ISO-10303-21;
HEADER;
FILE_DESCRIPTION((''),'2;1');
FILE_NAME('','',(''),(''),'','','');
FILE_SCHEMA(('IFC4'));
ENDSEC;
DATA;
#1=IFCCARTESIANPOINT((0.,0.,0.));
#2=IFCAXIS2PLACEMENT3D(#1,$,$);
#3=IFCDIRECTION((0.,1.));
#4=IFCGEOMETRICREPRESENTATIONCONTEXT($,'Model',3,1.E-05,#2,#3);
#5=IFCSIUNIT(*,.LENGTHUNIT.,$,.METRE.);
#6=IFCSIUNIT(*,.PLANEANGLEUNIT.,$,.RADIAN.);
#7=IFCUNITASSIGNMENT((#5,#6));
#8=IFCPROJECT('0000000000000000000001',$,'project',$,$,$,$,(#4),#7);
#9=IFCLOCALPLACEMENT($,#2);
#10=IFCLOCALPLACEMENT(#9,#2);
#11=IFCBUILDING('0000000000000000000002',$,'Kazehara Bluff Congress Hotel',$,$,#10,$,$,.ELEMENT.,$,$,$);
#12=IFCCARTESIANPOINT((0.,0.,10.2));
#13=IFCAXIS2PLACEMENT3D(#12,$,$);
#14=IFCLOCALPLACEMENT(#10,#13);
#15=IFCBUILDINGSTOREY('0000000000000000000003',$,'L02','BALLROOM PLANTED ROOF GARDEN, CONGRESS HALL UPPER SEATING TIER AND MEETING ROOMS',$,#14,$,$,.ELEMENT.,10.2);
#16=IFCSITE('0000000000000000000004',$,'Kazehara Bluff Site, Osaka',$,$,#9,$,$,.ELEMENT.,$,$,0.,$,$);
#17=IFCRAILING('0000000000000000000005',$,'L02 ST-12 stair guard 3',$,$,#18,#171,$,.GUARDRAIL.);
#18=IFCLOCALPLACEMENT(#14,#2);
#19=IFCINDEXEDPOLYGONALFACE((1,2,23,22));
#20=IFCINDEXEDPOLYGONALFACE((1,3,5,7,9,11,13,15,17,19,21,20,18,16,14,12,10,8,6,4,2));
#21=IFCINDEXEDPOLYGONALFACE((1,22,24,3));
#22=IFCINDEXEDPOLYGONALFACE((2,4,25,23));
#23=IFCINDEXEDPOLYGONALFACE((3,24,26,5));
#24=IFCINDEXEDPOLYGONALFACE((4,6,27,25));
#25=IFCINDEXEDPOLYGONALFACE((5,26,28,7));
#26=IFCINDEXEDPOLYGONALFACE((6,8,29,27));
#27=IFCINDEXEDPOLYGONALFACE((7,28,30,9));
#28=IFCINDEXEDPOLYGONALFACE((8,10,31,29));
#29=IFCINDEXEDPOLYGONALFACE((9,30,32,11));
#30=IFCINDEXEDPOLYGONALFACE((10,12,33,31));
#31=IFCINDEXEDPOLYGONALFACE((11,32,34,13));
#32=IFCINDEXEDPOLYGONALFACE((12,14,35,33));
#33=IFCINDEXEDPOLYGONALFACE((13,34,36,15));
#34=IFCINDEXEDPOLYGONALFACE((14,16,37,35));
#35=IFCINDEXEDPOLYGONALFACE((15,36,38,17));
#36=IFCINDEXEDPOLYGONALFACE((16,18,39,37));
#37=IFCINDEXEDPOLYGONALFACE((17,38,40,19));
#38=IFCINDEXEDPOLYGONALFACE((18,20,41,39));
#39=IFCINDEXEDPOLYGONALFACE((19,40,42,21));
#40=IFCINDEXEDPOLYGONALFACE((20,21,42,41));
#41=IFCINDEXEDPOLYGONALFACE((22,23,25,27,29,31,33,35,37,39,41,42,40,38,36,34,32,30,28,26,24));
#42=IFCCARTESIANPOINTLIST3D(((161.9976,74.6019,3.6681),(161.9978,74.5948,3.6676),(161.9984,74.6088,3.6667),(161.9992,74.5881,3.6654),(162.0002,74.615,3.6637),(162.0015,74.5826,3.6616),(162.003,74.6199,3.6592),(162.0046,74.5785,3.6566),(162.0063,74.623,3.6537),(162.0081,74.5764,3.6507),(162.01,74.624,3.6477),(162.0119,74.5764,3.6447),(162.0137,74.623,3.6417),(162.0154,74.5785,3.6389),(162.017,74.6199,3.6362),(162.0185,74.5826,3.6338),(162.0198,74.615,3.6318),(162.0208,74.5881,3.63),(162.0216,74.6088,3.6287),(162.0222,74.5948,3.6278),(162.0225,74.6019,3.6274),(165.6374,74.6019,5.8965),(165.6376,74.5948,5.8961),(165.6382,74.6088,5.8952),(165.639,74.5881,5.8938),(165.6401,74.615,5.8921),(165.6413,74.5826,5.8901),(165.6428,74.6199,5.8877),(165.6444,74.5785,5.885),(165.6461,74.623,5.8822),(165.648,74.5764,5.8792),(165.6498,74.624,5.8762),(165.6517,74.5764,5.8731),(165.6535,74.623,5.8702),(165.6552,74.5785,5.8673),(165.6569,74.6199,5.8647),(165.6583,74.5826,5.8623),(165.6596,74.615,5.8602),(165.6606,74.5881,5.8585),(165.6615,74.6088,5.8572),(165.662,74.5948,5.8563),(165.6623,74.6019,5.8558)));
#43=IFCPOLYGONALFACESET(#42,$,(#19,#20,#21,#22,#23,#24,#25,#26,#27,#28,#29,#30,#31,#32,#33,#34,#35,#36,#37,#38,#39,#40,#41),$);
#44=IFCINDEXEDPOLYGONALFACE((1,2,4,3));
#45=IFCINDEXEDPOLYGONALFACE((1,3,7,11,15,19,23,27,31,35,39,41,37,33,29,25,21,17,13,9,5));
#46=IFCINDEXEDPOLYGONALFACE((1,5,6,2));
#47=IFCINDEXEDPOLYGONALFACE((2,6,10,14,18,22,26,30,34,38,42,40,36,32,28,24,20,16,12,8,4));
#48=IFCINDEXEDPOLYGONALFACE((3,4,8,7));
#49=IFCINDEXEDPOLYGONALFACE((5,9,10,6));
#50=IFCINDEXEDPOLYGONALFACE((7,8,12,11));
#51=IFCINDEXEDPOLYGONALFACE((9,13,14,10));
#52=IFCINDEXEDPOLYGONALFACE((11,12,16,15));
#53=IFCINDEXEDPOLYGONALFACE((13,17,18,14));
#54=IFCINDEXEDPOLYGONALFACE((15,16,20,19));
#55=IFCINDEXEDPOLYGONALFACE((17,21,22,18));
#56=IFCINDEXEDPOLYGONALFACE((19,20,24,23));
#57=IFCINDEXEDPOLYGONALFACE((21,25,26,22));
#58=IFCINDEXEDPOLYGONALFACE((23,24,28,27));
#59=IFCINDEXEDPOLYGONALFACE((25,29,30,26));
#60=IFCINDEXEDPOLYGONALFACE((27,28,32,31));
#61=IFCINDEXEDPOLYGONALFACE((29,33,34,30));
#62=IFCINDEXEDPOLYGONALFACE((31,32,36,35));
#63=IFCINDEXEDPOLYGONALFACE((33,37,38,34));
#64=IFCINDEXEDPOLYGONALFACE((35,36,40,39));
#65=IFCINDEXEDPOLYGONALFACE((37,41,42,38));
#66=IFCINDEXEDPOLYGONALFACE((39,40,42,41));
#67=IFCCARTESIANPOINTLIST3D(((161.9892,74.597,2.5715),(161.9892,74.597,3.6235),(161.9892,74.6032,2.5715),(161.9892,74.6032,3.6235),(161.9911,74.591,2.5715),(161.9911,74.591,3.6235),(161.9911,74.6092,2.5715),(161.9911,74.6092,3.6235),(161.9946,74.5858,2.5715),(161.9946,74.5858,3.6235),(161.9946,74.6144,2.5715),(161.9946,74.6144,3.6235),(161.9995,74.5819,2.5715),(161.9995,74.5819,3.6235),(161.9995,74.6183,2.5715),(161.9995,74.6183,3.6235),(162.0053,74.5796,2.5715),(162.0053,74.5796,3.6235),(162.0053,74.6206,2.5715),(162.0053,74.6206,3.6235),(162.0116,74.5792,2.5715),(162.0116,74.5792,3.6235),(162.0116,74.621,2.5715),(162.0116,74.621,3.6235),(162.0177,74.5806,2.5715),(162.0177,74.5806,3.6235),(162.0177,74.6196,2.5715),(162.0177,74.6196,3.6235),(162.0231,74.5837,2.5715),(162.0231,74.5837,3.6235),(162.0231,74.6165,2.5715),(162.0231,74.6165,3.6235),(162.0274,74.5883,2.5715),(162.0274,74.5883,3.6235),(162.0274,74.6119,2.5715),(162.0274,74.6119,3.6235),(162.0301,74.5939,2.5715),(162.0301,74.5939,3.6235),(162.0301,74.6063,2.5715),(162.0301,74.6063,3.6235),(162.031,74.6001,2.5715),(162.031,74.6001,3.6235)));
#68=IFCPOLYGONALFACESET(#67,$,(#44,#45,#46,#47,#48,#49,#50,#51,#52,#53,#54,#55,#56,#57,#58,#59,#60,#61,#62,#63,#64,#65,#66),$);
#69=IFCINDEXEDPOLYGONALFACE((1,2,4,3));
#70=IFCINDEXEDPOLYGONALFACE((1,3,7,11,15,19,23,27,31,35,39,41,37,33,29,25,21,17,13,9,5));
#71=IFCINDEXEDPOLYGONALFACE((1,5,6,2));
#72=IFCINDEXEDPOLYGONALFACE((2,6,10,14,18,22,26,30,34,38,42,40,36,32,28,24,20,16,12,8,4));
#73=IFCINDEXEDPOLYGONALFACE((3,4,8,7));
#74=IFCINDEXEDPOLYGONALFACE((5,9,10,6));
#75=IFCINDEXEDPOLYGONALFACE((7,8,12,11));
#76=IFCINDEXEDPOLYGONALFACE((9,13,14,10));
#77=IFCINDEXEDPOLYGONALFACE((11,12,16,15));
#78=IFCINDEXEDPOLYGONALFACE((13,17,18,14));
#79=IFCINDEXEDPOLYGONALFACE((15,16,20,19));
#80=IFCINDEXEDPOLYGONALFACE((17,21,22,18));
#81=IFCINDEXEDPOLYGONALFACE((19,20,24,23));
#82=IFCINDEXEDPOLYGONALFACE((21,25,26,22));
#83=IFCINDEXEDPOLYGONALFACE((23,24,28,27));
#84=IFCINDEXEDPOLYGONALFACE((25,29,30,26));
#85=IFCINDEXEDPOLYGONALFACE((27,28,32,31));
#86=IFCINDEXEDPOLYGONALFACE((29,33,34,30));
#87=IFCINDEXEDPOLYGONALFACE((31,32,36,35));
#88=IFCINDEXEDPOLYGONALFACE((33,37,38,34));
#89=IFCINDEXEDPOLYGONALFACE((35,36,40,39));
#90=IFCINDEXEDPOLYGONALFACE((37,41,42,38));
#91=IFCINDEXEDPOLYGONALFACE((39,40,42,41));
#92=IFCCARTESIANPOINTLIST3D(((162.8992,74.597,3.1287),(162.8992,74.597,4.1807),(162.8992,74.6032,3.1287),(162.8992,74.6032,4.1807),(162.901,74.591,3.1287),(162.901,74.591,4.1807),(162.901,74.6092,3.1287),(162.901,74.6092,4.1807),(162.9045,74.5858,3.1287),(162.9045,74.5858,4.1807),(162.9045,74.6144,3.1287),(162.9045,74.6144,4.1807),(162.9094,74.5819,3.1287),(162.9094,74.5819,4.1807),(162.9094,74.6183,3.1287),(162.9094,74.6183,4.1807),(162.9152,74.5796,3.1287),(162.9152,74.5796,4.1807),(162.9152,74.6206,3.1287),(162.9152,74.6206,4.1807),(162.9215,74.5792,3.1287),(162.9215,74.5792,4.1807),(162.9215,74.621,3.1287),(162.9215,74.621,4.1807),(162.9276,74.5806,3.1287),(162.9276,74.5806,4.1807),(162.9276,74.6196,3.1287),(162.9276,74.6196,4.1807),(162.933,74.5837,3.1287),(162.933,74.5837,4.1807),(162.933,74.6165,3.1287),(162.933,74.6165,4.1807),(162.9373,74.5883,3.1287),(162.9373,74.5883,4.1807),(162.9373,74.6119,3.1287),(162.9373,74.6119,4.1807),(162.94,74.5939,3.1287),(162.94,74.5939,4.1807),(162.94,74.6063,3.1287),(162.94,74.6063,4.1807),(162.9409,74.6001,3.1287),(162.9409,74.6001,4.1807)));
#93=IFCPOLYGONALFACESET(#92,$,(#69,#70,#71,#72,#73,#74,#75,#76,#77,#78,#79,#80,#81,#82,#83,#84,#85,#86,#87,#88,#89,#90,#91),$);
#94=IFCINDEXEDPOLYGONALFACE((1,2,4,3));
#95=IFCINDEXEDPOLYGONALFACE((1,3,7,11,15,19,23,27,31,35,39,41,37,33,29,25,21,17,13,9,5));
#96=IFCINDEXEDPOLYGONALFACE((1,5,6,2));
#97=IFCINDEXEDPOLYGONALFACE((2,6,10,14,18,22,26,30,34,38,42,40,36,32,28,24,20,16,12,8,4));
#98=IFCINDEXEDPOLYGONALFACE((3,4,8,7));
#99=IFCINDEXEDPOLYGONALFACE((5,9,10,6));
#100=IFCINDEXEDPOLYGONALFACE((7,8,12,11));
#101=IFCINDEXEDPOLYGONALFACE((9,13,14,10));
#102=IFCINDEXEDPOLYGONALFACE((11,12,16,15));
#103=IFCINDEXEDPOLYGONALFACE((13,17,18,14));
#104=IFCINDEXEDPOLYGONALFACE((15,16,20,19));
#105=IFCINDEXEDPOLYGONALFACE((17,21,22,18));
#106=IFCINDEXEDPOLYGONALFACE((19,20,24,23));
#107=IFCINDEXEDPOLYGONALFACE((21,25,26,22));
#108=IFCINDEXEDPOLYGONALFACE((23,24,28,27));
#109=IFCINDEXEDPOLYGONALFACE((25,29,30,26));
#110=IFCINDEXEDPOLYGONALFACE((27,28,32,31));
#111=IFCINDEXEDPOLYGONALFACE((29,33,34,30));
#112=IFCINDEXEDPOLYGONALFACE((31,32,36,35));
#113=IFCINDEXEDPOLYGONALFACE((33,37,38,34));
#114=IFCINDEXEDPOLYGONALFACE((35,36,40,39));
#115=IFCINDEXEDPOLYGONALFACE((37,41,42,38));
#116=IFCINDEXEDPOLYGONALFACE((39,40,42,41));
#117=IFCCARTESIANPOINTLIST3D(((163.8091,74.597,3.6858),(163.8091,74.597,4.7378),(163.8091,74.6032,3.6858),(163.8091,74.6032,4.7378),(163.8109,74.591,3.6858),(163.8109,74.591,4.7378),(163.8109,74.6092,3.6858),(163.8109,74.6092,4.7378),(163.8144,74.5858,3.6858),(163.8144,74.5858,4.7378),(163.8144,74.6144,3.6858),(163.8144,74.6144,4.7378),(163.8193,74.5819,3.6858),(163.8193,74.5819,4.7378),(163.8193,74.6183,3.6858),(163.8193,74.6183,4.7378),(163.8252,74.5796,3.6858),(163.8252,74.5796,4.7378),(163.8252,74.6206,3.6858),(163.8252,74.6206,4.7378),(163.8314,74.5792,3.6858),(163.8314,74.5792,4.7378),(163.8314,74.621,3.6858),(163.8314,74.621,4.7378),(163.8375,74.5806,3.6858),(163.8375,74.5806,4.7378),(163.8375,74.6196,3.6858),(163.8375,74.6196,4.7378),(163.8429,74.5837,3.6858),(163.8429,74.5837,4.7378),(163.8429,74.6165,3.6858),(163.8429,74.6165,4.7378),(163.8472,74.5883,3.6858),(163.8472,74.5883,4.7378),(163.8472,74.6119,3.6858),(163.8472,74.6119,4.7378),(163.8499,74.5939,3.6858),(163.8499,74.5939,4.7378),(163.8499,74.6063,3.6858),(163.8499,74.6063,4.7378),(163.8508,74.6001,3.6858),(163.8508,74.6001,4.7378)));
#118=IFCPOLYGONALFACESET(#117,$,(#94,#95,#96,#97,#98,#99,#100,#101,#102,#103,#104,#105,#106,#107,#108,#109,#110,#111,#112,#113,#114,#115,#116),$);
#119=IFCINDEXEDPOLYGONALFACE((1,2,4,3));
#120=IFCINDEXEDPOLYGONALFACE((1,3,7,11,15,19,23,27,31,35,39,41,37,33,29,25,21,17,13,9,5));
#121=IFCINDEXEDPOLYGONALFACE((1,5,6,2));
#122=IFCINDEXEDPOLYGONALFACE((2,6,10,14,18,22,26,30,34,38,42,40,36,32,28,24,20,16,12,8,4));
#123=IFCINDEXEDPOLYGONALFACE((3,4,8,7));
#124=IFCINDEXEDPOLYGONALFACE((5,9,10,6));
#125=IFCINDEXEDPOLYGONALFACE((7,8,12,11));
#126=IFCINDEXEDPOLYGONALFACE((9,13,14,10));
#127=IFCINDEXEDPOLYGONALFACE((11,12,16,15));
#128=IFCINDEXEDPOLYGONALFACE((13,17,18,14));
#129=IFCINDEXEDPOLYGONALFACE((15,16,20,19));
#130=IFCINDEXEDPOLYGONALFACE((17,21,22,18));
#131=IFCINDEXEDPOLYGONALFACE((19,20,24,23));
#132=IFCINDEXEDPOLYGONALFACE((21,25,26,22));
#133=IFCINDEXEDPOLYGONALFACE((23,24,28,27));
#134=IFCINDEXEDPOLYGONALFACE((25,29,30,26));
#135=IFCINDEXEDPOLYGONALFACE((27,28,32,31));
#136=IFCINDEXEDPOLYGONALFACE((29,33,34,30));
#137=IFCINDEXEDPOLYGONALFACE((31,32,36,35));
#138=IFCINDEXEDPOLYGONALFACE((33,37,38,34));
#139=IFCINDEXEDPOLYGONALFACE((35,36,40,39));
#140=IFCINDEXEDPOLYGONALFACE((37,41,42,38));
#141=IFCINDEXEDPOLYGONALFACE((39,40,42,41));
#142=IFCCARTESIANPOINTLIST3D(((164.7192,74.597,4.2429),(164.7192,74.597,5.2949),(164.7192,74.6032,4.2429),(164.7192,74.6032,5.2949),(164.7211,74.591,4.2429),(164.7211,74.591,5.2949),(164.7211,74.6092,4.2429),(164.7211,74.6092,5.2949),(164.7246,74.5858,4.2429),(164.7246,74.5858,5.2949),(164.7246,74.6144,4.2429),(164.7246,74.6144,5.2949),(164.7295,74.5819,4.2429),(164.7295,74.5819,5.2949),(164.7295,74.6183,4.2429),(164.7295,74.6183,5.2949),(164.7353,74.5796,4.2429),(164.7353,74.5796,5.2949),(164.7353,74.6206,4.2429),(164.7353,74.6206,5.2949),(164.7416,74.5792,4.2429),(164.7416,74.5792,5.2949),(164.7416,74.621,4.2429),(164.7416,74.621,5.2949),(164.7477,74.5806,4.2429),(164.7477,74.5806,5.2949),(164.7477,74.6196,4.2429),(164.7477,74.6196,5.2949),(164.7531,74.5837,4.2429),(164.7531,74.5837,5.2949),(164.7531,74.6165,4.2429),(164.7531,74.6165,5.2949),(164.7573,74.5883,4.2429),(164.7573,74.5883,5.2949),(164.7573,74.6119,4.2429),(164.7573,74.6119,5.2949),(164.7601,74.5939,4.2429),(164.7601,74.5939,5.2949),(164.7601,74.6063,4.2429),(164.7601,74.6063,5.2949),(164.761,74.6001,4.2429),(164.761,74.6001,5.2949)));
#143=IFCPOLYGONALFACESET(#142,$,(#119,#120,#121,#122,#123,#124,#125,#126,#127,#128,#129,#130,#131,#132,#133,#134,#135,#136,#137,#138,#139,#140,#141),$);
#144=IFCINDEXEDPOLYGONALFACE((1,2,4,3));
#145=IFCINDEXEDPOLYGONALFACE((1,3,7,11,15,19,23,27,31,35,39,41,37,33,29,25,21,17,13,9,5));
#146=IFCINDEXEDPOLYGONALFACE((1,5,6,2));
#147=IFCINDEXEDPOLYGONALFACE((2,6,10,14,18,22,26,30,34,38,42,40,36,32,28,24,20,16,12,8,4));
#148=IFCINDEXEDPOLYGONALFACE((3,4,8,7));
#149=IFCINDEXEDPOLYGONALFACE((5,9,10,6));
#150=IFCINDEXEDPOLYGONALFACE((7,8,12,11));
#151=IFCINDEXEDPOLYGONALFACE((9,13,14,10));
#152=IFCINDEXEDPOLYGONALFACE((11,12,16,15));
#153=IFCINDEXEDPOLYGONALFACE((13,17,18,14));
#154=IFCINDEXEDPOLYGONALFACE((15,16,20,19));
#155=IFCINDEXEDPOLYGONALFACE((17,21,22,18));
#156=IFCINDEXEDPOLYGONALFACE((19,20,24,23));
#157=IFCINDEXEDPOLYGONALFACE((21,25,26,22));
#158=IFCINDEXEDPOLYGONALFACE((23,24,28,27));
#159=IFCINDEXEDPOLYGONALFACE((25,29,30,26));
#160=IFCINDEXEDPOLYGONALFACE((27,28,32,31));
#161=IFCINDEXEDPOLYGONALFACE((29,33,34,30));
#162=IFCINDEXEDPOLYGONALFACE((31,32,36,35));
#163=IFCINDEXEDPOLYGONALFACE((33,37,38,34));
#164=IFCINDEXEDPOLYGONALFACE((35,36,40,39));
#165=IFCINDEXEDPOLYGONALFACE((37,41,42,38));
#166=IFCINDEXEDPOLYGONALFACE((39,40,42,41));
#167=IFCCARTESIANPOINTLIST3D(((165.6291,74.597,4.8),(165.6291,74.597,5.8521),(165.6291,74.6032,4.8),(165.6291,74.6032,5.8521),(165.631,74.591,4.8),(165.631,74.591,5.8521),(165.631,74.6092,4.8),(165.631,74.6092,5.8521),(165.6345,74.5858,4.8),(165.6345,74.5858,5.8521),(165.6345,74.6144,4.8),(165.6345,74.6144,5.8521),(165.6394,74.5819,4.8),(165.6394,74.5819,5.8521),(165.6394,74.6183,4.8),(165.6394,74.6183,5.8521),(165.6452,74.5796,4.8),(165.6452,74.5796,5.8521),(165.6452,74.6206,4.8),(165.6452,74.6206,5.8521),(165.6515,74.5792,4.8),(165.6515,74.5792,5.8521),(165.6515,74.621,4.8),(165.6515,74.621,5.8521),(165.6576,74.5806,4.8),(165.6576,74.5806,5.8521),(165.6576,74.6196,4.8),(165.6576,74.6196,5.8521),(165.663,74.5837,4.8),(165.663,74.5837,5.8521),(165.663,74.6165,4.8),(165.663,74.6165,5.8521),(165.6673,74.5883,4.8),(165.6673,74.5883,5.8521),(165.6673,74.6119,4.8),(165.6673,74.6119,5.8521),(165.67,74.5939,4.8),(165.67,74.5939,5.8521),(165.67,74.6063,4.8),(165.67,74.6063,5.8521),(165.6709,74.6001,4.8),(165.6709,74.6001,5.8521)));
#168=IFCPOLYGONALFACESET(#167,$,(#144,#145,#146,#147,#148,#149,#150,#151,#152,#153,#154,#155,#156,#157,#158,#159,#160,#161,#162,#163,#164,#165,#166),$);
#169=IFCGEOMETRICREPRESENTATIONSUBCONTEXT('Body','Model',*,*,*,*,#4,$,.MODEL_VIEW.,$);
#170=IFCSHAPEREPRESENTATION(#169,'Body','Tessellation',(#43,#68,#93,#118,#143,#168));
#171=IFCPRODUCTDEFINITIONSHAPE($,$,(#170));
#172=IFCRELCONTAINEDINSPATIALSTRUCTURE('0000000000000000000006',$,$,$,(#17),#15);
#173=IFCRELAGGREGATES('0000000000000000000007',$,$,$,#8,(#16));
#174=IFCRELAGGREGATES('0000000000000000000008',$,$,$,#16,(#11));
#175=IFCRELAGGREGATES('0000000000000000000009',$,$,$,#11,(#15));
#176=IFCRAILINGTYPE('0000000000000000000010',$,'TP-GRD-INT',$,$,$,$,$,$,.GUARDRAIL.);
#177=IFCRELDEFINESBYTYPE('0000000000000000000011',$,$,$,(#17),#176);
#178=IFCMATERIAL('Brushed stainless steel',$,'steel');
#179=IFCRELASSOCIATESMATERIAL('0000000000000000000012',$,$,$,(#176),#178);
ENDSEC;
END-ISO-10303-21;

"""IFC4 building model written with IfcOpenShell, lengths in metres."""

from ifc_helpers import new_model, si_unit, direction, frame, origin, origin_2d, place, context, subcontext, project, spatial, circle, extrude, material, type_object, element, save


model = new_model("IFC4")

# Units and contexts
model_context = context("Model", 3, precision=1e-05, world=origin(), true_north=direction((0.0, 1.0)))
body_context = subcontext(model_context, "Body", "Model", "MODEL_VIEW")
ifc_project = project(units=[si_unit("LENGTHUNIT", "METRE"), si_unit("PLANEANGLEUNIT", "RADIAN")], contexts=[model_context])

# Site, building, storey
site_placement = place(None, origin())
site = spatial("IfcSite", under=ifc_project, at=site_placement, Name="Kazehara Bluff Site, Osaka", CompositionType="ELEMENT", RefElevation=0.0)
building_placement = place(site_placement, origin())
building = spatial("IfcBuilding", under=site, at=building_placement, Name="Kazehara Bluff Congress Hotel", CompositionType="ELEMENT")
storey_placement = place(building_placement, frame((0.0, 0.0, 10.2)))
storey = spatial("IfcBuildingStorey", under=building, at=storey_placement, Name="L02", Description="BALLROOM PLANTED ROOF GARDEN, CONGRESS HALL UPPER SEATING TIER AND MEETING ROOMS", CompositionType="ELEMENT", Elevation=10.2)

# Railing
ifc_material_1 = material(Name="Brushed stainless steel", Category="steel")
railing_type_1 = type_object("IfcRailingType", Name="TP-GRD-INT", PredefinedType="GUARDRAIL", material=ifc_material_1)
railing_1_placement = place(storey_placement, frame((162.01, 74.6001, 2.5715)))
element("IfcRailing", 1, at=railing_1_placement, inside=storey, type_object=railing_type_1, Name="L02 ST-12 stair guard 3", PredefinedType="GUARDRAIL", context=body_context, shape_type="SweptSolid", body=[
    extrude(circle(Radius=0.0239, at=origin_2d()), frame((0.0, 0.0, 1.0762), z_axis=(0.85285, 0.0, 0.522156), x_axis=(0.0, 1.0, 0.0)), (0.0, 0.0, 1.0), 4.2678),
    extrude(circle(Radius=0.021, at=origin_2d()), origin(), (0.0, 0.0, 1.0), 1.052),
    extrude(circle(Radius=0.021, at=origin_2d()), frame((0.9099, 0.0, 0.5571)), (0.0, 0.0, 1.0), 1.052),
    extrude(circle(Radius=0.021, at=origin_2d()), frame((1.8198, 0.0, 1.1143)), (0.0, 0.0, 1.0), 1.052),
    extrude(circle(Radius=0.021, at=origin_2d()), frame((2.73, 0.0, 1.6714)), (0.0, 0.0, 1.0), 1.052),
    extrude(circle(Radius=0.021, at=origin_2d()), frame((3.6399, 0.0, 2.2285)), (0.0, 0.0, 1.0), 1.052),
])

save(model, "model.ifc")
